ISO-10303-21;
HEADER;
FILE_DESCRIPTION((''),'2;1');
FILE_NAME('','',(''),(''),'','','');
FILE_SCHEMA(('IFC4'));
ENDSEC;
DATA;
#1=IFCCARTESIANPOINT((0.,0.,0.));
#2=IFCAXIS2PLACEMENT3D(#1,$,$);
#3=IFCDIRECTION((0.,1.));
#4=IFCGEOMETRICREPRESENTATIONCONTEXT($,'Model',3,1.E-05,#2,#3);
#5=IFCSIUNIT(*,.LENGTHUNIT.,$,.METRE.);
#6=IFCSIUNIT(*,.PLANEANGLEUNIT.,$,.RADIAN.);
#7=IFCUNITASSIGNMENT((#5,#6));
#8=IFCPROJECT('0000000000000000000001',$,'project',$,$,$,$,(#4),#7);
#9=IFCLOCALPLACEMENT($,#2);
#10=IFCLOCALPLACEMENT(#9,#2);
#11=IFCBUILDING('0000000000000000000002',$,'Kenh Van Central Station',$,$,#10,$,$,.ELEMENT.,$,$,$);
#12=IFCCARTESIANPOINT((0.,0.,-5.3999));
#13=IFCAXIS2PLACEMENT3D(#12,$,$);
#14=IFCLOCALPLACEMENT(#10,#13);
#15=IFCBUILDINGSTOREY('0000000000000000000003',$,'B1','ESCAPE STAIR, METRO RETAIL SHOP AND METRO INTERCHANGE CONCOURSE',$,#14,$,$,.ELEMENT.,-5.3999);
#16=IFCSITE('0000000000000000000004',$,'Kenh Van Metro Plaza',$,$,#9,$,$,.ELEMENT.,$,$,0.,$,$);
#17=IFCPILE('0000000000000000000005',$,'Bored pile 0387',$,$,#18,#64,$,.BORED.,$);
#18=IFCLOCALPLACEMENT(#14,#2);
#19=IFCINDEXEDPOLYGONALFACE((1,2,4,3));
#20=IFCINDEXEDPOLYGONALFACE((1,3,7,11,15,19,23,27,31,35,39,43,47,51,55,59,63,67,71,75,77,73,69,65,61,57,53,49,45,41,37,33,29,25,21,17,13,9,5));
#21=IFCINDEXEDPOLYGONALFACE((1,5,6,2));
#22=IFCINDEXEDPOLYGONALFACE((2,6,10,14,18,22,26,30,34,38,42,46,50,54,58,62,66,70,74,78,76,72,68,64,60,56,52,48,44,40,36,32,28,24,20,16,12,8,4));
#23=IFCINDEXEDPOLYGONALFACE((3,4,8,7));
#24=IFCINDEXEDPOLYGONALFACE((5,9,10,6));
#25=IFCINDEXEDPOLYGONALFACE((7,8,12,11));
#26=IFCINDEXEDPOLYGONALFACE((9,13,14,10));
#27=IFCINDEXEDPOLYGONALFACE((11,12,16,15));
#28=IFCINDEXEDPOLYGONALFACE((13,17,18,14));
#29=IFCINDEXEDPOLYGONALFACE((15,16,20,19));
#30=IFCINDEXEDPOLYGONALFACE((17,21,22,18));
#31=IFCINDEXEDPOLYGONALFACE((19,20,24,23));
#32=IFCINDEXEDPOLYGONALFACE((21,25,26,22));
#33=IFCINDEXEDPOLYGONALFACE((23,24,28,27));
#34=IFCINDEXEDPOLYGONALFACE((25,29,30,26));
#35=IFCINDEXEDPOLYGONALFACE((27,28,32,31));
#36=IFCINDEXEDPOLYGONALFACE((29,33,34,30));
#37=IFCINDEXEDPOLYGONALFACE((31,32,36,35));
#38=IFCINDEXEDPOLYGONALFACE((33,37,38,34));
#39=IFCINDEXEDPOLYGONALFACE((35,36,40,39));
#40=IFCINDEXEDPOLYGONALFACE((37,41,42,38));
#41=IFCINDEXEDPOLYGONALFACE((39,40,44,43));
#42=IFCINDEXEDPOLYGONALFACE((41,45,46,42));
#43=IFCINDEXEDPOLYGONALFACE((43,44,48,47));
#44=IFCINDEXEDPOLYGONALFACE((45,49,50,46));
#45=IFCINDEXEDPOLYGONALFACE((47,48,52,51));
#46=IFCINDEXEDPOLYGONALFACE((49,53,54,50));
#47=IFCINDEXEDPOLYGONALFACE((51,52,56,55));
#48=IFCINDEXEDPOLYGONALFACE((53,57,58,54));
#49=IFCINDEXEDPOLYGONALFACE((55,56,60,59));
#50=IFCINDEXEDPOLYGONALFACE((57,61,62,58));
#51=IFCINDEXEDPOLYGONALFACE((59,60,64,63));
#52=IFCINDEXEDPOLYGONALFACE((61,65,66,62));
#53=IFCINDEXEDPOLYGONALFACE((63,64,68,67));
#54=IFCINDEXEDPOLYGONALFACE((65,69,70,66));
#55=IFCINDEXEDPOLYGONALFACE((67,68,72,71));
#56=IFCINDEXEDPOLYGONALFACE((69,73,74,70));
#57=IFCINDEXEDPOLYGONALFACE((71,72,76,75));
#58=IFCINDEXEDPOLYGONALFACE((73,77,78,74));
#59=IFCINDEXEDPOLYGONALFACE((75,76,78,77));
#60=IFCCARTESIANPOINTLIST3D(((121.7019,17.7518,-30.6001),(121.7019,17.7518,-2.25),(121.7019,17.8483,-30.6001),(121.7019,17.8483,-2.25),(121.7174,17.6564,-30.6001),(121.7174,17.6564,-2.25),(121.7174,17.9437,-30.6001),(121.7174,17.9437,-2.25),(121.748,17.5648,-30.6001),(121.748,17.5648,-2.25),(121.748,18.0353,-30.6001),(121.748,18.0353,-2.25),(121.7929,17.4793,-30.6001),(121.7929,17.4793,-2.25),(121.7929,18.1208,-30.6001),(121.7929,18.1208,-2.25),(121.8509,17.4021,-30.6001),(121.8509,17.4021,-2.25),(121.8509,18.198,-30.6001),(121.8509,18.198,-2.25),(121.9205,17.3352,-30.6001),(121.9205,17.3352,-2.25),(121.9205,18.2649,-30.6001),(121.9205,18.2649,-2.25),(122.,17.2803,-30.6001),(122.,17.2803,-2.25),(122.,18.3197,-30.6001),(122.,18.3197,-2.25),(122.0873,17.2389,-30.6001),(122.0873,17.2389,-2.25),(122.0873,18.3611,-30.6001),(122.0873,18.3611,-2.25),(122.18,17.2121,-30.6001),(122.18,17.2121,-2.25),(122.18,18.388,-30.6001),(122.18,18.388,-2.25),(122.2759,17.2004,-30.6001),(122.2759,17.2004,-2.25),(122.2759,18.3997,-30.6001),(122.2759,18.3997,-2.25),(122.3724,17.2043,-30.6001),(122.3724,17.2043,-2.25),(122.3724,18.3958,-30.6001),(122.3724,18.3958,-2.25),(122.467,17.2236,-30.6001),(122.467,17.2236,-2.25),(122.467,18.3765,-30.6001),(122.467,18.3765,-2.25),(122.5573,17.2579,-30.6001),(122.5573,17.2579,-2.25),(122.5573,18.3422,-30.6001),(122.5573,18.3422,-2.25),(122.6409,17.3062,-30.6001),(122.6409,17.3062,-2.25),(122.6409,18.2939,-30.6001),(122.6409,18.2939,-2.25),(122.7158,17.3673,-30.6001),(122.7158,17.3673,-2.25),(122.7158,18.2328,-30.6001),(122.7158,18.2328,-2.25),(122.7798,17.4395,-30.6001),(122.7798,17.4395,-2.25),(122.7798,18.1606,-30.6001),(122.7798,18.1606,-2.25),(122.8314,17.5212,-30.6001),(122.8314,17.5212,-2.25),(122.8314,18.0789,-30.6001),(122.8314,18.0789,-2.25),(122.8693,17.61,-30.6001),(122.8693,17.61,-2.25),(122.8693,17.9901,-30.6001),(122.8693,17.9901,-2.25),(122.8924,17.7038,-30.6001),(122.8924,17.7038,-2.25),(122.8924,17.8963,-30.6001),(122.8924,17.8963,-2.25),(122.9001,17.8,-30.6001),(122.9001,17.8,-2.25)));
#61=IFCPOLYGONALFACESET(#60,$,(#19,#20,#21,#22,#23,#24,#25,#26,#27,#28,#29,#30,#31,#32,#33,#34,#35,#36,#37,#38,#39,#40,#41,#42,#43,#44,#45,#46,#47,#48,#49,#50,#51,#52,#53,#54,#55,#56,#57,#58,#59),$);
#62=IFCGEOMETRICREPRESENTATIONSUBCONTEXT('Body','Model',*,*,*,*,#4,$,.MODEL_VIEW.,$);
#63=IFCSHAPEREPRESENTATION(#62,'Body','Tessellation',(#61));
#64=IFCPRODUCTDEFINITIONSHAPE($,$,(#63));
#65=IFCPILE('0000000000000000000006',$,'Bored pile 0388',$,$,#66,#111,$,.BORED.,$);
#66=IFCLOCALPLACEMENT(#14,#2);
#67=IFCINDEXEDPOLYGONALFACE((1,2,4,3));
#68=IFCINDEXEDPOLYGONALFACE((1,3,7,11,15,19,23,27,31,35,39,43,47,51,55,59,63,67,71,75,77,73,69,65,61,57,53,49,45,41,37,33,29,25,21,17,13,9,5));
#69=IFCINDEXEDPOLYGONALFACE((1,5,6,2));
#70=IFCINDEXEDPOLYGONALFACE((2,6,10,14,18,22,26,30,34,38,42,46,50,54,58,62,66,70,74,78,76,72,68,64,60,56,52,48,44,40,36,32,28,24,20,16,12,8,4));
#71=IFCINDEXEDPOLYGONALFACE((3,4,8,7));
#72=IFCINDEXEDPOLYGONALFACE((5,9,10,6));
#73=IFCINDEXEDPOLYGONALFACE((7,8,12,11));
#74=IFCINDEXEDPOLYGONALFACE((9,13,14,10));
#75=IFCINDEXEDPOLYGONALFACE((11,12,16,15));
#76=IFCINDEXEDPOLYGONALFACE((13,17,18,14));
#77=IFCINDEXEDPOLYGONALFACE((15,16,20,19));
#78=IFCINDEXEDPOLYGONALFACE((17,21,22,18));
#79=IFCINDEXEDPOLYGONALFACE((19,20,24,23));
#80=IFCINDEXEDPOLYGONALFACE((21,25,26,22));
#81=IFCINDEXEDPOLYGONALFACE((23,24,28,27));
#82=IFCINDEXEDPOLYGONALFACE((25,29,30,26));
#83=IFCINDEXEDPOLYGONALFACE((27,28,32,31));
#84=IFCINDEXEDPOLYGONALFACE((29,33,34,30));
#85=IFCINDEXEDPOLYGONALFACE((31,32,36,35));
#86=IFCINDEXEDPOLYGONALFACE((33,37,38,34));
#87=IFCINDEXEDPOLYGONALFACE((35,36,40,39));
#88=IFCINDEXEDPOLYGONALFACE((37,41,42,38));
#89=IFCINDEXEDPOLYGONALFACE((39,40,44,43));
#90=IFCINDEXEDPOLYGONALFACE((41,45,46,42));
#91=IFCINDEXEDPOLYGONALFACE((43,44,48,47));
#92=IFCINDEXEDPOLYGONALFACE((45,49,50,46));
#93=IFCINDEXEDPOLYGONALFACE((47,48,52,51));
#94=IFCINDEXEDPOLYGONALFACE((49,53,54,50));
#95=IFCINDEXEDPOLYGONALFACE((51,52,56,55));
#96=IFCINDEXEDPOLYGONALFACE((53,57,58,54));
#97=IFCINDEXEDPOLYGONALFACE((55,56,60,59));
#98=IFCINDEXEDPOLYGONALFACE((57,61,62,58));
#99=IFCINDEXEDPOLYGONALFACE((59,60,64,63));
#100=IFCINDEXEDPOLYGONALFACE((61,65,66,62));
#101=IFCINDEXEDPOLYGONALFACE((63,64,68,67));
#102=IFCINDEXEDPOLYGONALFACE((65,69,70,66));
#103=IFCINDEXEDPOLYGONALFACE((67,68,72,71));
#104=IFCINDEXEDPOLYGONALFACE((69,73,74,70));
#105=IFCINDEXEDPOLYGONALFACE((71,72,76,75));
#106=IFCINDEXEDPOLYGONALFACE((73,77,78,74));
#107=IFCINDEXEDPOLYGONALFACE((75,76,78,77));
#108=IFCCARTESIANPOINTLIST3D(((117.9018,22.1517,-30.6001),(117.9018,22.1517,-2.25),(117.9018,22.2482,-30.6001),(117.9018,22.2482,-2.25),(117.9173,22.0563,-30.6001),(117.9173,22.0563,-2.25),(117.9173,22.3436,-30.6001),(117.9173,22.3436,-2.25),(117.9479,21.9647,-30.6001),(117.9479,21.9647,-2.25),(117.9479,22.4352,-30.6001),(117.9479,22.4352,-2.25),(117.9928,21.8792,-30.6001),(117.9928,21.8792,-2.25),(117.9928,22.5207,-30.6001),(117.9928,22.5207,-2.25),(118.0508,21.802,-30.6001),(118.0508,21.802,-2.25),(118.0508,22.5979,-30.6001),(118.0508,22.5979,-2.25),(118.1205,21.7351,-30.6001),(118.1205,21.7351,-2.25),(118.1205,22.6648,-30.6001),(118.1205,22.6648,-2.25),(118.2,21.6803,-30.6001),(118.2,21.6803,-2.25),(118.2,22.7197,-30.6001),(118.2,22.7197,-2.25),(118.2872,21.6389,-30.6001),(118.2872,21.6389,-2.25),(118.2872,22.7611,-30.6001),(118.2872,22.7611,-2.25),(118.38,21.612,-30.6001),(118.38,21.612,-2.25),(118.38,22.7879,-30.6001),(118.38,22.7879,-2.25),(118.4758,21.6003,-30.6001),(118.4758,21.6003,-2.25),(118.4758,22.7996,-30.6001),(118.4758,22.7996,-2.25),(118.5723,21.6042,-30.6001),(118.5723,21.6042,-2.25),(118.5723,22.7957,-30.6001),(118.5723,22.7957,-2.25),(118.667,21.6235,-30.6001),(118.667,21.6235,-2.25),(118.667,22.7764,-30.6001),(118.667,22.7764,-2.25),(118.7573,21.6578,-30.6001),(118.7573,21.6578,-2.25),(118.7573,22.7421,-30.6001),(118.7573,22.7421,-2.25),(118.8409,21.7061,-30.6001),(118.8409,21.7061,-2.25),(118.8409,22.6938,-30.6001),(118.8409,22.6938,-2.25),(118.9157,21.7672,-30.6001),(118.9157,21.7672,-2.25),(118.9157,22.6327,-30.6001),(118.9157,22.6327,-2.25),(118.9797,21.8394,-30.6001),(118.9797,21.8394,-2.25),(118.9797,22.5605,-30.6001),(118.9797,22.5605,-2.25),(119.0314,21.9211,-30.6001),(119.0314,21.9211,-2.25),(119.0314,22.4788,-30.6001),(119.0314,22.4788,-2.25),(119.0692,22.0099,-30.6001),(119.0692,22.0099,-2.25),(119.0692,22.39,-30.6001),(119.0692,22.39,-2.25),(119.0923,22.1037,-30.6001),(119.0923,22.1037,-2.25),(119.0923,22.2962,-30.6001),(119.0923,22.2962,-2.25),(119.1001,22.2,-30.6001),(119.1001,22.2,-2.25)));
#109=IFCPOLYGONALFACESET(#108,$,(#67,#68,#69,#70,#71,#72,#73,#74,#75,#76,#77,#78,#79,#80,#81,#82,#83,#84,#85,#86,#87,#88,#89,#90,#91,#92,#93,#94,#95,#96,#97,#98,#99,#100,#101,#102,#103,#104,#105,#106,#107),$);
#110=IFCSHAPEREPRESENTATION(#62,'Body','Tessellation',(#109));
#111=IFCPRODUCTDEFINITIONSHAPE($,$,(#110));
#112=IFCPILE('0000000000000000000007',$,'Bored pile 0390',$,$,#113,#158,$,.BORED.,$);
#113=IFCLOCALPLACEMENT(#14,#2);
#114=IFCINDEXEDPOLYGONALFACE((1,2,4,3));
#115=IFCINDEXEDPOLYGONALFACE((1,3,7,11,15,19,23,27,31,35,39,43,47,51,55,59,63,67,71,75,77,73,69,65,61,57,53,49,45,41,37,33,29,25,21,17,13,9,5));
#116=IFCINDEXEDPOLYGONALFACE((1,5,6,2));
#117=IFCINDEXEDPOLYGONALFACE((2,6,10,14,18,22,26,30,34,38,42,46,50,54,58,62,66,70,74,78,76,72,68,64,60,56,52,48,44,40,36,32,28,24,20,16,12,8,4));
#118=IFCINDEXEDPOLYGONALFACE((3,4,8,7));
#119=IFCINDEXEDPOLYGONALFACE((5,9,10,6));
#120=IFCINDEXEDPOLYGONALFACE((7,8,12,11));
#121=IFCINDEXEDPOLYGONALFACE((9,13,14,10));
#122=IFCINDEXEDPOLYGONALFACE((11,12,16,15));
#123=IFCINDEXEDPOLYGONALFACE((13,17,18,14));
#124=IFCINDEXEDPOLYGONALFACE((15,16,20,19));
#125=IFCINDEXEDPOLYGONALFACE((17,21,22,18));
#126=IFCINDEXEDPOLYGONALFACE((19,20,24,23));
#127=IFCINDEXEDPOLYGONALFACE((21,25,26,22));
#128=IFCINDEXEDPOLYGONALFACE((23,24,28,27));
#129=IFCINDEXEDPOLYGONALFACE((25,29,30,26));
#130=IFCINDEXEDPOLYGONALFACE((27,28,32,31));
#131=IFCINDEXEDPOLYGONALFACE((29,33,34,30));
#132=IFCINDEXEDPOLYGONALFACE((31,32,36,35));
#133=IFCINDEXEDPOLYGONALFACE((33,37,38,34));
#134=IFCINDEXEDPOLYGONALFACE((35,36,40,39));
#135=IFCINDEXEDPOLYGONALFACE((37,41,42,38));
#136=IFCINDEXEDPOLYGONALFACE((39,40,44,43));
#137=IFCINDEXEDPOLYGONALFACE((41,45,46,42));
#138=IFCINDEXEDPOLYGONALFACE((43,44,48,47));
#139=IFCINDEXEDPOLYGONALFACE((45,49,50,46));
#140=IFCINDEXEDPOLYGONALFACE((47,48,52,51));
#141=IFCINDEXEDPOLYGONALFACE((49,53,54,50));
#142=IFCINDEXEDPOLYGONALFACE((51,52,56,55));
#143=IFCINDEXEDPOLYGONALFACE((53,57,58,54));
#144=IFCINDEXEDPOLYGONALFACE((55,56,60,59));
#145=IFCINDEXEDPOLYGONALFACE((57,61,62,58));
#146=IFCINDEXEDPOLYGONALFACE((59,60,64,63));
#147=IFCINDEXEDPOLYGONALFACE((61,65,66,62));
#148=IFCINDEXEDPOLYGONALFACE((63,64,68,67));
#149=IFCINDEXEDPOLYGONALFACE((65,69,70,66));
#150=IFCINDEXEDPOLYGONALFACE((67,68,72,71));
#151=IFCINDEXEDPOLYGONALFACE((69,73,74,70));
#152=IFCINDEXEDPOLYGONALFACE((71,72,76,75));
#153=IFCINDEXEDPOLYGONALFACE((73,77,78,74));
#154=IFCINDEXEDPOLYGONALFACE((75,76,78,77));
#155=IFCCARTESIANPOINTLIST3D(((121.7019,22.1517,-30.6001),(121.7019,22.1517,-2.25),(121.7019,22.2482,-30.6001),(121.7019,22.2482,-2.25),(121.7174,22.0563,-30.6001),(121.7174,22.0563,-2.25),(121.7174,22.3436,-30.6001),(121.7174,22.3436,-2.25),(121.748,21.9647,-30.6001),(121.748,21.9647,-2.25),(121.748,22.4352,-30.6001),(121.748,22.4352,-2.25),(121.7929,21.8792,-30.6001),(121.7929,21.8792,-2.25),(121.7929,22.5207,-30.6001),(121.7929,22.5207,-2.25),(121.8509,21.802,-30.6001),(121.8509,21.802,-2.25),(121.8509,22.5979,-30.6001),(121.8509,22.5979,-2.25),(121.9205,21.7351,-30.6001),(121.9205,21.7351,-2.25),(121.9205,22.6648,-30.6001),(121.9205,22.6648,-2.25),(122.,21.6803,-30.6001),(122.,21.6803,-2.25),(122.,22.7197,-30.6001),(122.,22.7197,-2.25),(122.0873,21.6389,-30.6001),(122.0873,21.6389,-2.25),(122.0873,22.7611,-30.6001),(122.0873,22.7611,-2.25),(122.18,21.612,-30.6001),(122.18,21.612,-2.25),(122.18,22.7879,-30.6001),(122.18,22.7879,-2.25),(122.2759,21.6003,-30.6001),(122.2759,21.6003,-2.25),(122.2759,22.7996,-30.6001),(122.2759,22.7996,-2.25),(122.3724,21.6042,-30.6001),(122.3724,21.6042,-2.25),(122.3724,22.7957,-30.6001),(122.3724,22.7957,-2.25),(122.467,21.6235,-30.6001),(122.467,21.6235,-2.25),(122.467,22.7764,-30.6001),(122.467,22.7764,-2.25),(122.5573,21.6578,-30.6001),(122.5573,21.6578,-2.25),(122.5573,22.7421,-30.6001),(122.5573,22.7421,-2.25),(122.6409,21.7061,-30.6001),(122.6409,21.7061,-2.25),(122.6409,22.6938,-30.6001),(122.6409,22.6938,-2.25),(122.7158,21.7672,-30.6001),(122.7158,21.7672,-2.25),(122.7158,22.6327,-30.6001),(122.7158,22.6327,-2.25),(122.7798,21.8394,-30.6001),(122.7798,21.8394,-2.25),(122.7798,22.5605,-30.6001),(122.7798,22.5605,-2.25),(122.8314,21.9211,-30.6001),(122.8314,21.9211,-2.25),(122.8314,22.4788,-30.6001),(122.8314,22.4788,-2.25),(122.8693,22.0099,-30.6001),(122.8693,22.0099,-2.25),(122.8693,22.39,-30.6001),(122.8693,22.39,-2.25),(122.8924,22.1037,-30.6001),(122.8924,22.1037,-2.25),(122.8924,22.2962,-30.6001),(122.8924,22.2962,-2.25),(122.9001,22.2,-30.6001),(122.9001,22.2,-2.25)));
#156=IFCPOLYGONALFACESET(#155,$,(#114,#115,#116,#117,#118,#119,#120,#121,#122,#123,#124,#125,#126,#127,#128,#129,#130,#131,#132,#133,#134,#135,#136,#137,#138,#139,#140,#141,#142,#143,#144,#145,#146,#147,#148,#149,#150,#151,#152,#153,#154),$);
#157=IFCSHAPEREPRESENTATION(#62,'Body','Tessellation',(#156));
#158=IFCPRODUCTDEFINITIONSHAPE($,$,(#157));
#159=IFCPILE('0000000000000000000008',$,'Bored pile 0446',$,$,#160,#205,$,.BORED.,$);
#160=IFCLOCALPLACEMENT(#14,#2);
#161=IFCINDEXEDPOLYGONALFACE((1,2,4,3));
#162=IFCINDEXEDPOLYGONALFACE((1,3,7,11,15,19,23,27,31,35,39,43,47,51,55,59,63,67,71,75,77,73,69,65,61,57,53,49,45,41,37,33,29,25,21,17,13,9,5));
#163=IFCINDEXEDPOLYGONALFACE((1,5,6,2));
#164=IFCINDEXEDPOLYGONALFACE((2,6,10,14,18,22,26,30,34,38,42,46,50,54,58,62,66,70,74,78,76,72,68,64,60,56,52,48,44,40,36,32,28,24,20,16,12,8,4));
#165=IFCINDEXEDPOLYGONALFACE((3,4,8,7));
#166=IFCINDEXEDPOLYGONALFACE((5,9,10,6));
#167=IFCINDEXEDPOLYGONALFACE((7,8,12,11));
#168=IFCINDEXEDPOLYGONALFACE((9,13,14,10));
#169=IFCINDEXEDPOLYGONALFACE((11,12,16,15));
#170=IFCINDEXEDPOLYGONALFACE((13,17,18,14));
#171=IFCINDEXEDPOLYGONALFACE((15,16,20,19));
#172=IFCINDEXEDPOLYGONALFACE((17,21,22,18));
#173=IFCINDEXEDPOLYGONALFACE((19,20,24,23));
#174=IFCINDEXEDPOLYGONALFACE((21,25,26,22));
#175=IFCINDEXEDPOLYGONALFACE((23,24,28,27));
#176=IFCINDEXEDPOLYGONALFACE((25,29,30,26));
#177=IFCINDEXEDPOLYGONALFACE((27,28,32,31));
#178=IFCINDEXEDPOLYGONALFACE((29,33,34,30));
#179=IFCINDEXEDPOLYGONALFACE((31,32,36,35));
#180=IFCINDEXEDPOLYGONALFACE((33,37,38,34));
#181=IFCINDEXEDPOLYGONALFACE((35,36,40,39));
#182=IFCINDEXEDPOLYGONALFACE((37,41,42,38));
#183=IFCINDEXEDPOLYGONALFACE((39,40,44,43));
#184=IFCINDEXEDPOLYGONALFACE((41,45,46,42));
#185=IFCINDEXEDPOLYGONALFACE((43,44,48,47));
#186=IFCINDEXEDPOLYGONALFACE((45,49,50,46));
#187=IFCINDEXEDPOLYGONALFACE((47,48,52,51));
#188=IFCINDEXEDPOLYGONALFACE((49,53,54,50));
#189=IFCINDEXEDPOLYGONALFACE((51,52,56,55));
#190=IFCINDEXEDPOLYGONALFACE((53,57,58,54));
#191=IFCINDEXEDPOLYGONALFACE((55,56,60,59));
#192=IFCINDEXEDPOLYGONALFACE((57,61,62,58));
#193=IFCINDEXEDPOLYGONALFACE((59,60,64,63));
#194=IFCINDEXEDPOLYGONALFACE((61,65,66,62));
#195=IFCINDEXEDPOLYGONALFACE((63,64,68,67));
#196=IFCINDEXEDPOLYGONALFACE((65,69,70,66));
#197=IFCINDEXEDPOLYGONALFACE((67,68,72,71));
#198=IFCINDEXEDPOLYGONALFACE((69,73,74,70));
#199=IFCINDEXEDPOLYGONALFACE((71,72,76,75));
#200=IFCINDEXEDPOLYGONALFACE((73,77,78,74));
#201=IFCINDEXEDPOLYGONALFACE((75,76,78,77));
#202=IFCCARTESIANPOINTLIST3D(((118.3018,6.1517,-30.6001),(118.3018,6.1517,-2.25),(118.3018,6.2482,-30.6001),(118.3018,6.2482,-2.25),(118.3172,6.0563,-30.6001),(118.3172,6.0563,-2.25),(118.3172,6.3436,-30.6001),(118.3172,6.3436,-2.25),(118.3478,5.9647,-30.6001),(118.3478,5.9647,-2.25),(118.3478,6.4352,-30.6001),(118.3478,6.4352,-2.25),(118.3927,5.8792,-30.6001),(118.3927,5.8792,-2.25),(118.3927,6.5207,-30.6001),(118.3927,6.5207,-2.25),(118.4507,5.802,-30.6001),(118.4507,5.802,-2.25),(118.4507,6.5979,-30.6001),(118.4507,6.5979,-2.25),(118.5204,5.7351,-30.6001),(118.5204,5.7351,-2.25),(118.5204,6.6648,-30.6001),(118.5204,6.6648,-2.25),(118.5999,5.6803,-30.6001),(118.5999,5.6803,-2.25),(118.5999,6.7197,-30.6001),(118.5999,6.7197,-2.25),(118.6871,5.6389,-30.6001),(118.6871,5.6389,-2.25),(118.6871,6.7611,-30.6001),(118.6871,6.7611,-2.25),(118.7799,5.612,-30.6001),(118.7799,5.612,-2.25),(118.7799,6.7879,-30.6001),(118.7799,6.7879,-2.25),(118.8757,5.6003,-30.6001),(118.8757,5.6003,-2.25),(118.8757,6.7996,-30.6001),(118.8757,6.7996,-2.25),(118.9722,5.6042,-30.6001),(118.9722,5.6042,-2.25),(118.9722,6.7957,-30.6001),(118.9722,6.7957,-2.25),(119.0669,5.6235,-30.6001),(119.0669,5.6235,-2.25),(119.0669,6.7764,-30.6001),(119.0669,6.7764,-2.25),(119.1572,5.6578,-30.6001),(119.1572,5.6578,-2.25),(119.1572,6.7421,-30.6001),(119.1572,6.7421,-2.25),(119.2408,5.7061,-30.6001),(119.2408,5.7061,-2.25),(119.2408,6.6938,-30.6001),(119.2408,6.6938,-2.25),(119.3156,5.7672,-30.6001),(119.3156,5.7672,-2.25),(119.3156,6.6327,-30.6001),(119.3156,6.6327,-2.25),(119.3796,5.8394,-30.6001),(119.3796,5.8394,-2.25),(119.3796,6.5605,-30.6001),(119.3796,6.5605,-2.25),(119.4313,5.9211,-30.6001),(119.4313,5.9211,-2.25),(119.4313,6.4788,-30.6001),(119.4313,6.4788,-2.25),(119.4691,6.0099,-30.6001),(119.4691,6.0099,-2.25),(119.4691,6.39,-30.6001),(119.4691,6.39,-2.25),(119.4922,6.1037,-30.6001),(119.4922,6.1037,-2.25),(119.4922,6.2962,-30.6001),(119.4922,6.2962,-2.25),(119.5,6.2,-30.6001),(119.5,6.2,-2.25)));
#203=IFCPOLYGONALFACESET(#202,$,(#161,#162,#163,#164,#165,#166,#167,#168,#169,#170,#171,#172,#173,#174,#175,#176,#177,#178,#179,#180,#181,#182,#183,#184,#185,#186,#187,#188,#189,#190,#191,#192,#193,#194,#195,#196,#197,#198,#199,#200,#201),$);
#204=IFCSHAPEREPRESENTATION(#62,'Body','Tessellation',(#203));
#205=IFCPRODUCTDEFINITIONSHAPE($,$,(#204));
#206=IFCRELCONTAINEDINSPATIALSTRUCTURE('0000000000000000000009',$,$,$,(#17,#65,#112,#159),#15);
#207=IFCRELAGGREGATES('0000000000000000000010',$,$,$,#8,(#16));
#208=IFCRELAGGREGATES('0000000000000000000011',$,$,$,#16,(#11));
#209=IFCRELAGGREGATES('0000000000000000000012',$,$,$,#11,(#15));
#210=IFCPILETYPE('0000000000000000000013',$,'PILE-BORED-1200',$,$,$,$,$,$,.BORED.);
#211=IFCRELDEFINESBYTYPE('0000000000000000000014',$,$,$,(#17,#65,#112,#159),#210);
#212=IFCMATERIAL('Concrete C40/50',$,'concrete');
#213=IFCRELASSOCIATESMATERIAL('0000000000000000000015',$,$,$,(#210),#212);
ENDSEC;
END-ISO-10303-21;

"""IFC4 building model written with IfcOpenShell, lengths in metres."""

from ifc_helpers import new_model, si_unit, direction, frame, origin, origin_2d, place, context, subcontext, project, spatial, circle, extrude, material, material_profile, profile_set, type_object, element, save


model = new_model("IFC4")

# Units and contexts
model_context = context("Model", 3, precision=1e-05, world=origin(), true_north=direction((0.0, 1.0)))
body_context = subcontext(model_context, "Body", "Model", "MODEL_VIEW")
ifc_project = project(units=[si_unit("LENGTHUNIT", "METRE"), si_unit("PLANEANGLEUNIT", "RADIAN")], contexts=[model_context])

# Site, building, storey
site_placement = place(None, origin())
site = spatial("IfcSite", under=ifc_project, at=site_placement, Name="Kenh Van Metro Plaza", CompositionType="ELEMENT", RefElevation=0.0)
building_placement = place(site_placement, origin())
building = spatial("IfcBuilding", under=site, at=building_placement, Name="Kenh Van Central Station", CompositionType="ELEMENT")
storey_placement = place(building_placement, frame((0.0, 0.0, -5.3999)))
storey = spatial("IfcBuildingStorey", under=building, at=storey_placement, Name="B1", Description="ESCAPE STAIR, METRO RETAIL SHOP AND METRO INTERCHANGE CONCOURSE", CompositionType="ELEMENT", Elevation=-5.3999)

# Shared definitions
ifc_material_1 = material(Name="Concrete C40/50", Category="concrete")

# Piles
ifc_material_profile_1 = material_profile(ifc_material_1, circle(Radius=0.6001, at=origin_2d()), Name="PILE D1200")
ifc_profile_set_1 = profile_set([ifc_material_profile_1], Name="Concrete C40/50")
pile_type_1 = type_object("IfcPileType", Name="PILE-BORED-1200", PredefinedType="BORED", material=ifc_profile_set_1)
for number, where, z_axis, x_axis, name in (
    (1, (122.3, 17.8, -2.25), (0.0, 0.0, -1.0), (1.0, 0.0, 0.0), "Bored pile 0387"),
    (2, (118.5, 22.2, -2.25), (0.0, 0.0, -1.0), (1.0, 0.0, 0.0), "Bored pile 0388"),
    (3, (122.3, 22.2, -2.25), (0.0, 0.0, -1.0), (1.0, 0.0, 0.0), "Bored pile 0390"),
    (4, (118.8999, 6.2, -2.25), (0.0, 0.0, -1.0), (1.0, 0.0, 0.0), "Bored pile 0446"),
):
    element("IfcPile", number, at=place(storey_placement, frame(where, z_axis=z_axis, x_axis=x_axis)), inside=storey, type_object=pile_type_1, Name=name, PredefinedType="BORED", context=body_context, shape_type="SweptSolid", body=[
        extrude(circle(Radius=0.6001, at=origin_2d()), origin(), (0.0, 0.0, 1.0), 28.3501),
    ])

save(model, "model.ifc")
